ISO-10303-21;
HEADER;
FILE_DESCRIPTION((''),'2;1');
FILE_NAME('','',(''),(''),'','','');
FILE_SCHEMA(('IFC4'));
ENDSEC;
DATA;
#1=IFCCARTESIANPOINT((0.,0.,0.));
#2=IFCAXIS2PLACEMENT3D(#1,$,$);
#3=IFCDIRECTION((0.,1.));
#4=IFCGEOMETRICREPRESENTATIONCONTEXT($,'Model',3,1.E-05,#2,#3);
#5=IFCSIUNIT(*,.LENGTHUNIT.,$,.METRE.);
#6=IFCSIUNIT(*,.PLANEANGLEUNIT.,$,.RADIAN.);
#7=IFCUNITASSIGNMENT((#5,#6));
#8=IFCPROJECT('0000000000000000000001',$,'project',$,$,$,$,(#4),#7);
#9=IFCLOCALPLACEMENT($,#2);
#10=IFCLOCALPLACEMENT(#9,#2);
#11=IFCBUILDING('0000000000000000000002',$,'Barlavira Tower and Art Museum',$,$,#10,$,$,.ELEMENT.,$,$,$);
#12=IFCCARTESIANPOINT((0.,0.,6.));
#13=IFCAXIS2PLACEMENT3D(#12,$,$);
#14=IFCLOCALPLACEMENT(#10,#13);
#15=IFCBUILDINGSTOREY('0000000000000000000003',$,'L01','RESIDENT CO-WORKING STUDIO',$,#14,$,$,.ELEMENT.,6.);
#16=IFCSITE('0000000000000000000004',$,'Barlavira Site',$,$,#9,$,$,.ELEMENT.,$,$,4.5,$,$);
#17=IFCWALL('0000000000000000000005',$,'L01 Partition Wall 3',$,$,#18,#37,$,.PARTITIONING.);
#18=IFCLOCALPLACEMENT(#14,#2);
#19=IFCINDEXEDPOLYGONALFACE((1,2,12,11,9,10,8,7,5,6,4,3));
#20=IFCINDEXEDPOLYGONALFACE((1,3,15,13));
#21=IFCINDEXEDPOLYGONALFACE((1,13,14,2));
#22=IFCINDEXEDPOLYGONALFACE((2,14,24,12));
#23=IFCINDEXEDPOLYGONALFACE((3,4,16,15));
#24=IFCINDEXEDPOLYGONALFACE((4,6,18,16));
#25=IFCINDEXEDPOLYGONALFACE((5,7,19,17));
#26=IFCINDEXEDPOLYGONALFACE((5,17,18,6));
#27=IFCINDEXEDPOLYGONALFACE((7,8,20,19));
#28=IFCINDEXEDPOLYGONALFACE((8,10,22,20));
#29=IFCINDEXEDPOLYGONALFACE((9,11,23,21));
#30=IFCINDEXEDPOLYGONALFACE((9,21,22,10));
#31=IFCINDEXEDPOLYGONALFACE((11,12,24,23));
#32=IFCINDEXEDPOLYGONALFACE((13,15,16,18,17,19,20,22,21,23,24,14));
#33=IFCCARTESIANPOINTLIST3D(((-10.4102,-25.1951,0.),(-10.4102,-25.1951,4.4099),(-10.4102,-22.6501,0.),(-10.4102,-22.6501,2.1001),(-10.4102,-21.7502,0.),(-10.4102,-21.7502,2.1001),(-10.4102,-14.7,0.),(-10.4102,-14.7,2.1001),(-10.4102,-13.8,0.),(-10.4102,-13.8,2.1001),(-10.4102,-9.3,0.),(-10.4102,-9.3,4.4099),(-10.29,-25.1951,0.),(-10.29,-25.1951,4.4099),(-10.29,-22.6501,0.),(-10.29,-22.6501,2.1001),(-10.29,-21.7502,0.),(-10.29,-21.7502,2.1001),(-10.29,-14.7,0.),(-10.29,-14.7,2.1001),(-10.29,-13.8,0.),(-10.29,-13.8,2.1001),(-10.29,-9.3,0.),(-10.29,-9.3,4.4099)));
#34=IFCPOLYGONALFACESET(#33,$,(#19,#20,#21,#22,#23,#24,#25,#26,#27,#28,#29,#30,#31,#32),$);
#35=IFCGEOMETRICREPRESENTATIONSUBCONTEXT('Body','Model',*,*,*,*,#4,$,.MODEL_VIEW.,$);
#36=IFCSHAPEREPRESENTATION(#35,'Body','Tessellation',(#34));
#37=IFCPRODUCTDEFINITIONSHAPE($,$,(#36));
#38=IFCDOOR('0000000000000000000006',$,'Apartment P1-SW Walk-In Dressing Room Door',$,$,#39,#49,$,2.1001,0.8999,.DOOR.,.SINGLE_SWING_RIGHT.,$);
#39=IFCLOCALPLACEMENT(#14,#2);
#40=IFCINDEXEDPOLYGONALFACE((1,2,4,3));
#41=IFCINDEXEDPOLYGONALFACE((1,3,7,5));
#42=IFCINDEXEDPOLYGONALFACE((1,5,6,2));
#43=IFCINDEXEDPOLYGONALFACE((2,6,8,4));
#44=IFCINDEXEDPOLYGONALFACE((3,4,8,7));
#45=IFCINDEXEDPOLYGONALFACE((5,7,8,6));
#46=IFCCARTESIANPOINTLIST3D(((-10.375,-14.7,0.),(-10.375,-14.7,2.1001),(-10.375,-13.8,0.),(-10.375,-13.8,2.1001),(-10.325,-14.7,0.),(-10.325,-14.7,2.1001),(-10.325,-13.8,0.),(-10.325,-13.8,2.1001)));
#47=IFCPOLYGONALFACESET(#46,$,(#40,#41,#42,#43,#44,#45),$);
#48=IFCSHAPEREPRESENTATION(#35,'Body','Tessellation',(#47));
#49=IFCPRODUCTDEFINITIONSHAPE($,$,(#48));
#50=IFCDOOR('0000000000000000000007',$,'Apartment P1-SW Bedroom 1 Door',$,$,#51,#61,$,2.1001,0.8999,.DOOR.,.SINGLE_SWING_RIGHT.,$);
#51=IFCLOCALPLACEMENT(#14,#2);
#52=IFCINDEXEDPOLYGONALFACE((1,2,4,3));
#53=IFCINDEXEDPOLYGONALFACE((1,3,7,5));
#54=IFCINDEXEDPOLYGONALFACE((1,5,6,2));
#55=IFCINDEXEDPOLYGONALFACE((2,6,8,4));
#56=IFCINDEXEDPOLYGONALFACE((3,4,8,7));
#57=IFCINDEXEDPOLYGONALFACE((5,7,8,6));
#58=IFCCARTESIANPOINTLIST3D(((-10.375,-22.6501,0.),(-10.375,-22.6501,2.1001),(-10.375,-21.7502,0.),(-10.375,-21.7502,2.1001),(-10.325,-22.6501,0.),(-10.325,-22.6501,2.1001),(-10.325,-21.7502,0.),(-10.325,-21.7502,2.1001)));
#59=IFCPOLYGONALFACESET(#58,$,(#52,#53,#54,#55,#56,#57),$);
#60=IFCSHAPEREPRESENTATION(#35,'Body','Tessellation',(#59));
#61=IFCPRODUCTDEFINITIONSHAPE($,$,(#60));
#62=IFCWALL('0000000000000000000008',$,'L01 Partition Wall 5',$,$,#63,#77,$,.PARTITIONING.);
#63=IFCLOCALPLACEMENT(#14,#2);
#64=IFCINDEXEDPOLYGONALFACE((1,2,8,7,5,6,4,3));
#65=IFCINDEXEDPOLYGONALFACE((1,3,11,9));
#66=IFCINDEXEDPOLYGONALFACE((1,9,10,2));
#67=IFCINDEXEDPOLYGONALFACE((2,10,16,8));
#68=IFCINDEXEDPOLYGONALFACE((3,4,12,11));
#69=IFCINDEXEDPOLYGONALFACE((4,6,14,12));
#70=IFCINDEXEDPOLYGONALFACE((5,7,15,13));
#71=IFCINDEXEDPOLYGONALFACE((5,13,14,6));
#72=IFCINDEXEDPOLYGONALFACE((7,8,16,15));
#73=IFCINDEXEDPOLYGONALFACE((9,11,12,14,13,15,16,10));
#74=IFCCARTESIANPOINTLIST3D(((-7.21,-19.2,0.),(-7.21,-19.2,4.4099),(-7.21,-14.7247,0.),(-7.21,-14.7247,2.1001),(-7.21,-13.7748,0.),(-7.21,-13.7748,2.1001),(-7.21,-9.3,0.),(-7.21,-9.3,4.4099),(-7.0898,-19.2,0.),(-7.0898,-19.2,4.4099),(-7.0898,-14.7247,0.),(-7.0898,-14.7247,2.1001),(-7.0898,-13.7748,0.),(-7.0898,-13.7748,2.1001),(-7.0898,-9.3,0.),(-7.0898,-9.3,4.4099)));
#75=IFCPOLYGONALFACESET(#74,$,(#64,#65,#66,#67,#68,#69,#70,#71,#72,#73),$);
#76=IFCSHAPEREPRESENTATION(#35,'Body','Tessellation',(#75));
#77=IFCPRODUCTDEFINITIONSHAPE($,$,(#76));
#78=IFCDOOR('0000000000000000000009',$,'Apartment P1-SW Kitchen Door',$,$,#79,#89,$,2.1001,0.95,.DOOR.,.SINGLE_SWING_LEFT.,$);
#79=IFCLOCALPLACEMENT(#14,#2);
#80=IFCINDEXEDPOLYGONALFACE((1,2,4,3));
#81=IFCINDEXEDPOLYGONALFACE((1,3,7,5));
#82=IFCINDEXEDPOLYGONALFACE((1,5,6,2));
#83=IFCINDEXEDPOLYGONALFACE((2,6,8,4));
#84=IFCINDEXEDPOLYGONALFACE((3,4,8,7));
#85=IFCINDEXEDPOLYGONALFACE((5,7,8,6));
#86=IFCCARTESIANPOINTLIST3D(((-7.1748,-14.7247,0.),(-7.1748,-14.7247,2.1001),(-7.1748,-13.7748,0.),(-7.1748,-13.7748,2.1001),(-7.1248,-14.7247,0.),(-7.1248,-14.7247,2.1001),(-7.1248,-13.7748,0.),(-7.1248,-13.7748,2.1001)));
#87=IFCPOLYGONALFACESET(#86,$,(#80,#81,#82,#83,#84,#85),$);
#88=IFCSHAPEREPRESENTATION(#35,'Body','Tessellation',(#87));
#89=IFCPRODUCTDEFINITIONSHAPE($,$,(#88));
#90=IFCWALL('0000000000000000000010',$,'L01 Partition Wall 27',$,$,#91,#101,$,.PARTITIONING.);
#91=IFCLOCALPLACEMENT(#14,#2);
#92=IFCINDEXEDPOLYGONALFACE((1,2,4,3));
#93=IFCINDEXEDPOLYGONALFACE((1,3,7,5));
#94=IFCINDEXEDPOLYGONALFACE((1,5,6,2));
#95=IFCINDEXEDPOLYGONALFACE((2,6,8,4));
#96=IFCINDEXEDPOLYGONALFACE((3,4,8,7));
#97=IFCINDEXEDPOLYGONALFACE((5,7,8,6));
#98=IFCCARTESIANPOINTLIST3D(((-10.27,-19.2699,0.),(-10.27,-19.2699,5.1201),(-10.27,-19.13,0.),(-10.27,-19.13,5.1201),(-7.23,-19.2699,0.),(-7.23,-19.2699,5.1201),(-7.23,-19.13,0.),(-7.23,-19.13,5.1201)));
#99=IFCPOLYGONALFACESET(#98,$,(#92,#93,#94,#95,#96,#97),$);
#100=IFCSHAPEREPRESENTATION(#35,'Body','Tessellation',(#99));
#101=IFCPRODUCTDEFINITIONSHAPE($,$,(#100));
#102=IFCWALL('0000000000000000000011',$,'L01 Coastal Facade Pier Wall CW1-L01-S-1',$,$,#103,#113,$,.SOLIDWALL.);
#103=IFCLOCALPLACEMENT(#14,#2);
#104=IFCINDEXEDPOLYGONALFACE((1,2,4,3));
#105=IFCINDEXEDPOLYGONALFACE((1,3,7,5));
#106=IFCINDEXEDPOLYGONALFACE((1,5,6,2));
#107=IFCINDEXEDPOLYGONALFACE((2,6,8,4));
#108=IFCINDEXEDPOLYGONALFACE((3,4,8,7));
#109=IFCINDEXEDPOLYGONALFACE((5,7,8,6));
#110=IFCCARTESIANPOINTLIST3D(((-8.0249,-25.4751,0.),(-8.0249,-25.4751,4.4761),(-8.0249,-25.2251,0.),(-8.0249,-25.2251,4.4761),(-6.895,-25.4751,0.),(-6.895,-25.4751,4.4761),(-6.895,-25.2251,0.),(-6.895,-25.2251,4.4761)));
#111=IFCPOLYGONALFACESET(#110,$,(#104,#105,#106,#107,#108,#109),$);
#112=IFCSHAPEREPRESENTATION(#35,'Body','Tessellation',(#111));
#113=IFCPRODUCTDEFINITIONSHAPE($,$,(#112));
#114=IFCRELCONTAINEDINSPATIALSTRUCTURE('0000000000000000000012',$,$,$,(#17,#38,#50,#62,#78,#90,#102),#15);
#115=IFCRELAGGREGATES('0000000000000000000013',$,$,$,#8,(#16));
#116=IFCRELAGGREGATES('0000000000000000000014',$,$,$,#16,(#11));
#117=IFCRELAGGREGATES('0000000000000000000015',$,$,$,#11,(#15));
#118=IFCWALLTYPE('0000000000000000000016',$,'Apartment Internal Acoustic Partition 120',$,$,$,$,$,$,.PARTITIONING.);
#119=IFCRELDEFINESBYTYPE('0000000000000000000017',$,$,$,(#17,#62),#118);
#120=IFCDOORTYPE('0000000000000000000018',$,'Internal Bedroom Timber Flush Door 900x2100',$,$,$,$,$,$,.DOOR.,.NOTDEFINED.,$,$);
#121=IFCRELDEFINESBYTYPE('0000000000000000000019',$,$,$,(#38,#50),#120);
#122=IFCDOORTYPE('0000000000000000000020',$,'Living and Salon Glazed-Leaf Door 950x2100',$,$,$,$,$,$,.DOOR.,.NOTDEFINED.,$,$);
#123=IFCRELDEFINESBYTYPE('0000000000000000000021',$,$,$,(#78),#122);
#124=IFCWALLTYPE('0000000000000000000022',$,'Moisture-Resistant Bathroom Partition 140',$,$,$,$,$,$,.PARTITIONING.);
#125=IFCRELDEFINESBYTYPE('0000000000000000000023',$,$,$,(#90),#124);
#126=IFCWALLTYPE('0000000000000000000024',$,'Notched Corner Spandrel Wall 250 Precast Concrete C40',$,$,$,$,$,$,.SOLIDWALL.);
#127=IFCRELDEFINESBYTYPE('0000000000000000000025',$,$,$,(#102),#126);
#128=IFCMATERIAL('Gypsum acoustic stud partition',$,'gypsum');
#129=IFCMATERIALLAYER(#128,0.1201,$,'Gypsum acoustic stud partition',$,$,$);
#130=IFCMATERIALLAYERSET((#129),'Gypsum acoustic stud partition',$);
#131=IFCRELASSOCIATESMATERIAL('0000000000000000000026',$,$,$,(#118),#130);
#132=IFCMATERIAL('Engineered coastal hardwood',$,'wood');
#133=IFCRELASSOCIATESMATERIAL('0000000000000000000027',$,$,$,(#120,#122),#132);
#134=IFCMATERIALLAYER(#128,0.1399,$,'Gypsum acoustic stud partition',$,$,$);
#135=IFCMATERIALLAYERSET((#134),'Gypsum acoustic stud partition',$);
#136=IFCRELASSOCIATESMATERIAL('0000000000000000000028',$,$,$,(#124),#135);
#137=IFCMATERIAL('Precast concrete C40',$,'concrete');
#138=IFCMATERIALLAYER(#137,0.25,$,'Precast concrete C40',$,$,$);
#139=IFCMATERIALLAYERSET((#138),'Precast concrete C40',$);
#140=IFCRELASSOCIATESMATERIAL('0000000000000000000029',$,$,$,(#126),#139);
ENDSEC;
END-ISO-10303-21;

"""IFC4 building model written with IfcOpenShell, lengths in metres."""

from ifc_helpers import new_model, si_unit, direction, frame, frame_2d, origin, place, context, subcontext, project, spatial, rectangle, extrude, material, layer, layer_set, type_object, element, fill, save


model = new_model("IFC4")

# Units and contexts
model_context = context("Model", 3, precision=1e-05, world=origin(), true_north=direction((0.0, 1.0)))
body_context = subcontext(model_context, "Body", "Model", "MODEL_VIEW")
ifc_project = project(units=[si_unit("LENGTHUNIT", "METRE"), si_unit("PLANEANGLEUNIT", "RADIAN")], contexts=[model_context])

# Site, building, storey
site_placement = place(None, origin())
site = spatial("IfcSite", under=ifc_project, at=site_placement, Name="Barlavira Site", CompositionType="ELEMENT", RefElevation=4.5)
building_placement = place(site_placement, origin())
building = spatial("IfcBuilding", under=site, at=building_placement, Name="Barlavira Tower and Art Museum", CompositionType="ELEMENT")
storey_placement = place(building_placement, frame((0.0, 0.0, 6.0)))
storey = spatial("IfcBuildingStorey", under=building, at=storey_placement, Name="L01", Description="RESIDENT CO-WORKING STUDIO", CompositionType="ELEMENT", Elevation=6.0)

# Wall, openings, doors
ifc_material_1 = material(Name="Gypsum acoustic stud partition", Category="gypsum")
ifc_layer_1 = layer(ifc_material_1, 0.1201, Name="Gypsum acoustic stud partition")
ifc_layer_set_1 = layer_set([ifc_layer_1], Name="Gypsum acoustic stud partition")
wall_type_1 = type_object("IfcWallType", Name="Apartment Internal Acoustic Partition 120", PredefinedType="PARTITIONING", material=ifc_layer_set_1)
wall_1_placement = place(storey_placement, frame((-10.3501, -25.1951, 0.0), z_axis=(0.0, 0.0, 1.0), x_axis=(0.0, 1.0, 0.0)))
wall_1 = element("IfcWall", 1, at=wall_1_placement, inside=storey, type_object=wall_type_1, Name="L01 Partition Wall 3", PredefinedType="PARTITIONING", context=body_context, shape_type="SweptSolid", body=[
    extrude(rectangle(XDim=15.895, YDim=0.1201, at=frame_2d((7.9475, 0.0))), origin(), (0.0, 0.0, 1.0), 4.4099),
])
opening_1_placement = place(wall_1_placement, frame((10.4951, 0.0, 0.0)))
opening_1 = element("IfcOpeningElement", 2, at=opening_1_placement, cuts=wall_1, PredefinedType="OPENING", context=body_context, shape_type="SweptSolid", body=[
    extrude(rectangle(XDim=0.8999, YDim=2.1001, at=frame_2d((0.45, 1.05))), frame((0.0, 0.0701, 0.0), z_axis=(0.0, -1.0, 0.0), x_axis=(1.0, 0.0, 0.0)), (0.0, 0.0, 1.0), 0.1401),
])
opening_2_placement = place(wall_1_placement, frame((2.5449, 0.0, 0.0)))
opening_2 = element("IfcOpeningElement", 3, at=opening_2_placement, cuts=wall_1, PredefinedType="OPENING", context=body_context, shape_type="SweptSolid", body=[
    extrude(rectangle(XDim=0.8999, YDim=2.1001, at=frame_2d((0.45, 1.05))), frame((0.0, 0.0701, 0.0), z_axis=(0.0, -1.0, 0.0), x_axis=(1.0, 0.0, 0.0)), (0.0, 0.0, 1.0), 0.1401),
])
ifc_material_2 = material(Name="Engineered coastal hardwood", Category="wood")
door_type_1 = type_object("IfcDoorType", Name="Internal Bedroom Timber Flush Door 900x2100", OperationType="NOTDEFINED", PredefinedType="DOOR", material=ifc_material_2)
door_1_placement = place(opening_1_placement, origin())
door_1 = element("IfcDoor", 4, at=door_1_placement, inside=storey, type_object=door_type_1, Name="Apartment P1-SW Walk-In Dressing Room Door", OperationType="SINGLE_SWING_RIGHT", OverallHeight=2.1001, OverallWidth=0.8999, PredefinedType="DOOR", context=body_context, shape_type="SweptSolid", body=[
    extrude(rectangle(XDim=0.8999, YDim=2.1001, at=frame_2d((0.45, 1.05))), frame((0.0, 0.0249, 0.0), z_axis=(0.0, -1.0, 0.0), x_axis=(1.0, 0.0, 0.0)), (0.0, 0.0, 1.0), 0.05),
])
fill(opening_1, door_1)
door_2_placement = place(opening_2_placement, origin())
door_2 = element("IfcDoor", 5, at=door_2_placement, inside=storey, type_object=door_type_1, Name="Apartment P1-SW Bedroom 1 Door", OperationType="SINGLE_SWING_RIGHT", OverallHeight=2.1001, OverallWidth=0.8999, PredefinedType="DOOR", context=body_context, shape_type="SweptSolid", body=[
    extrude(rectangle(XDim=0.8999, YDim=2.1001, at=frame_2d((0.45, 1.05))), frame((0.0, 0.0249, 0.0), z_axis=(0.0, -1.0, 0.0), x_axis=(1.0, 0.0, 0.0)), (0.0, 0.0, 1.0), 0.05),
])
fill(opening_2, door_2)

# Wall, opening, door
wall_2_placement = place(storey_placement, frame((-7.1499, -19.2, 0.0), z_axis=(0.0, 0.0, 1.0), x_axis=(0.0, 1.0, 0.0)))
wall_2 = element("IfcWall", 6, at=wall_2_placement, inside=storey, type_object=wall_type_1, Name="L01 Partition Wall 5", PredefinedType="PARTITIONING", context=body_context, shape_type="SweptSolid", body=[
    extrude(rectangle(XDim=9.8999, YDim=0.1201, at=frame_2d((4.95, 0.0))), origin(), (0.0, 0.0, 1.0), 4.4099),
])
opening_3_placement = place(wall_2_placement, frame((4.4751, 0.0, 0.0)))
opening_3 = element("IfcOpeningElement", 7, at=opening_3_placement, cuts=wall_2, PredefinedType="OPENING", context=body_context, shape_type="SweptSolid", body=[
    extrude(rectangle(XDim=0.95, YDim=2.1001, at=frame_2d((0.4751, 1.05))), frame((0.0, 0.0701, 0.0), z_axis=(0.0, -1.0, 0.0), x_axis=(1.0, 0.0, 0.0)), (0.0, 0.0, 1.0), 0.1401),
])
door_type_2 = type_object("IfcDoorType", Name="Living and Salon Glazed-Leaf Door 950x2100", OperationType="NOTDEFINED", PredefinedType="DOOR", material=ifc_material_2)
door_3_placement = place(opening_3_placement, origin())
door_3 = element("IfcDoor", 8, at=door_3_placement, inside=storey, type_object=door_type_2, Name="Apartment P1-SW Kitchen Door", OperationType="SINGLE_SWING_LEFT", OverallHeight=2.1001, OverallWidth=0.95, PredefinedType="DOOR", context=body_context, shape_type="SweptSolid", body=[
    extrude(rectangle(XDim=0.95, YDim=2.1001, at=frame_2d((0.4751, 1.05))), frame((0.0, 0.0249, 0.0), z_axis=(0.0, -1.0, 0.0), x_axis=(1.0, 0.0, 0.0)), (0.0, 0.0, 1.0), 0.05),
])
fill(opening_3, door_3)

# Walls
ifc_layer_2 = layer(ifc_material_1, 0.1399, Name="Gypsum acoustic stud partition")
ifc_layer_set_2 = layer_set([ifc_layer_2], Name="Gypsum acoustic stud partition")
wall_type_2 = type_object("IfcWallType", Name="Moisture-Resistant Bathroom Partition 140", PredefinedType="PARTITIONING", material=ifc_layer_set_2)
wall_3_placement = place(storey_placement, frame((-10.27, -19.2, 0.0), z_axis=(0.0, 0.0, 1.0), x_axis=(1.0, 0.0, 0.0)))
element("IfcWall", 9, at=wall_3_placement, inside=storey, type_object=wall_type_2, Name="L01 Partition Wall 27", PredefinedType="PARTITIONING", context=body_context, shape_type="SweptSolid", body=[
    extrude(rectangle(XDim=3.04, YDim=0.1399, at=frame_2d((1.52, 0.0))), origin(), (0.0, 0.0, 1.0), 5.1201),
])
ifc_material_3 = material(Name="Precast concrete C40", Category="concrete")
ifc_layer_3 = layer(ifc_material_3, 0.25, Name="Precast concrete C40")
ifc_layer_set_3 = layer_set([ifc_layer_3], Name="Precast concrete C40")
wall_type_3 = type_object("IfcWallType", Name="Notched Corner Spandrel Wall 250 Precast Concrete C40", PredefinedType="SOLIDWALL", material=ifc_layer_set_3)
wall_4_placement = place(storey_placement, frame((-8.0249, -25.3501, 0.0), z_axis=(0.0, 0.0, 1.0), x_axis=(1.0, 0.0, 0.0)))
element("IfcWall", 10, at=wall_4_placement, inside=storey, type_object=wall_type_3, Name="L01 Coastal Facade Pier Wall CW1-L01-S-1", PredefinedType="SOLIDWALL", context=body_context, shape_type="SweptSolid", body=[
    extrude(rectangle(XDim=1.1299, YDim=0.25, at=frame_2d((0.5649, 0.0))), origin(), (0.0, 0.0, 1.0), 4.4761),
])

save(model, "model.ifc")
